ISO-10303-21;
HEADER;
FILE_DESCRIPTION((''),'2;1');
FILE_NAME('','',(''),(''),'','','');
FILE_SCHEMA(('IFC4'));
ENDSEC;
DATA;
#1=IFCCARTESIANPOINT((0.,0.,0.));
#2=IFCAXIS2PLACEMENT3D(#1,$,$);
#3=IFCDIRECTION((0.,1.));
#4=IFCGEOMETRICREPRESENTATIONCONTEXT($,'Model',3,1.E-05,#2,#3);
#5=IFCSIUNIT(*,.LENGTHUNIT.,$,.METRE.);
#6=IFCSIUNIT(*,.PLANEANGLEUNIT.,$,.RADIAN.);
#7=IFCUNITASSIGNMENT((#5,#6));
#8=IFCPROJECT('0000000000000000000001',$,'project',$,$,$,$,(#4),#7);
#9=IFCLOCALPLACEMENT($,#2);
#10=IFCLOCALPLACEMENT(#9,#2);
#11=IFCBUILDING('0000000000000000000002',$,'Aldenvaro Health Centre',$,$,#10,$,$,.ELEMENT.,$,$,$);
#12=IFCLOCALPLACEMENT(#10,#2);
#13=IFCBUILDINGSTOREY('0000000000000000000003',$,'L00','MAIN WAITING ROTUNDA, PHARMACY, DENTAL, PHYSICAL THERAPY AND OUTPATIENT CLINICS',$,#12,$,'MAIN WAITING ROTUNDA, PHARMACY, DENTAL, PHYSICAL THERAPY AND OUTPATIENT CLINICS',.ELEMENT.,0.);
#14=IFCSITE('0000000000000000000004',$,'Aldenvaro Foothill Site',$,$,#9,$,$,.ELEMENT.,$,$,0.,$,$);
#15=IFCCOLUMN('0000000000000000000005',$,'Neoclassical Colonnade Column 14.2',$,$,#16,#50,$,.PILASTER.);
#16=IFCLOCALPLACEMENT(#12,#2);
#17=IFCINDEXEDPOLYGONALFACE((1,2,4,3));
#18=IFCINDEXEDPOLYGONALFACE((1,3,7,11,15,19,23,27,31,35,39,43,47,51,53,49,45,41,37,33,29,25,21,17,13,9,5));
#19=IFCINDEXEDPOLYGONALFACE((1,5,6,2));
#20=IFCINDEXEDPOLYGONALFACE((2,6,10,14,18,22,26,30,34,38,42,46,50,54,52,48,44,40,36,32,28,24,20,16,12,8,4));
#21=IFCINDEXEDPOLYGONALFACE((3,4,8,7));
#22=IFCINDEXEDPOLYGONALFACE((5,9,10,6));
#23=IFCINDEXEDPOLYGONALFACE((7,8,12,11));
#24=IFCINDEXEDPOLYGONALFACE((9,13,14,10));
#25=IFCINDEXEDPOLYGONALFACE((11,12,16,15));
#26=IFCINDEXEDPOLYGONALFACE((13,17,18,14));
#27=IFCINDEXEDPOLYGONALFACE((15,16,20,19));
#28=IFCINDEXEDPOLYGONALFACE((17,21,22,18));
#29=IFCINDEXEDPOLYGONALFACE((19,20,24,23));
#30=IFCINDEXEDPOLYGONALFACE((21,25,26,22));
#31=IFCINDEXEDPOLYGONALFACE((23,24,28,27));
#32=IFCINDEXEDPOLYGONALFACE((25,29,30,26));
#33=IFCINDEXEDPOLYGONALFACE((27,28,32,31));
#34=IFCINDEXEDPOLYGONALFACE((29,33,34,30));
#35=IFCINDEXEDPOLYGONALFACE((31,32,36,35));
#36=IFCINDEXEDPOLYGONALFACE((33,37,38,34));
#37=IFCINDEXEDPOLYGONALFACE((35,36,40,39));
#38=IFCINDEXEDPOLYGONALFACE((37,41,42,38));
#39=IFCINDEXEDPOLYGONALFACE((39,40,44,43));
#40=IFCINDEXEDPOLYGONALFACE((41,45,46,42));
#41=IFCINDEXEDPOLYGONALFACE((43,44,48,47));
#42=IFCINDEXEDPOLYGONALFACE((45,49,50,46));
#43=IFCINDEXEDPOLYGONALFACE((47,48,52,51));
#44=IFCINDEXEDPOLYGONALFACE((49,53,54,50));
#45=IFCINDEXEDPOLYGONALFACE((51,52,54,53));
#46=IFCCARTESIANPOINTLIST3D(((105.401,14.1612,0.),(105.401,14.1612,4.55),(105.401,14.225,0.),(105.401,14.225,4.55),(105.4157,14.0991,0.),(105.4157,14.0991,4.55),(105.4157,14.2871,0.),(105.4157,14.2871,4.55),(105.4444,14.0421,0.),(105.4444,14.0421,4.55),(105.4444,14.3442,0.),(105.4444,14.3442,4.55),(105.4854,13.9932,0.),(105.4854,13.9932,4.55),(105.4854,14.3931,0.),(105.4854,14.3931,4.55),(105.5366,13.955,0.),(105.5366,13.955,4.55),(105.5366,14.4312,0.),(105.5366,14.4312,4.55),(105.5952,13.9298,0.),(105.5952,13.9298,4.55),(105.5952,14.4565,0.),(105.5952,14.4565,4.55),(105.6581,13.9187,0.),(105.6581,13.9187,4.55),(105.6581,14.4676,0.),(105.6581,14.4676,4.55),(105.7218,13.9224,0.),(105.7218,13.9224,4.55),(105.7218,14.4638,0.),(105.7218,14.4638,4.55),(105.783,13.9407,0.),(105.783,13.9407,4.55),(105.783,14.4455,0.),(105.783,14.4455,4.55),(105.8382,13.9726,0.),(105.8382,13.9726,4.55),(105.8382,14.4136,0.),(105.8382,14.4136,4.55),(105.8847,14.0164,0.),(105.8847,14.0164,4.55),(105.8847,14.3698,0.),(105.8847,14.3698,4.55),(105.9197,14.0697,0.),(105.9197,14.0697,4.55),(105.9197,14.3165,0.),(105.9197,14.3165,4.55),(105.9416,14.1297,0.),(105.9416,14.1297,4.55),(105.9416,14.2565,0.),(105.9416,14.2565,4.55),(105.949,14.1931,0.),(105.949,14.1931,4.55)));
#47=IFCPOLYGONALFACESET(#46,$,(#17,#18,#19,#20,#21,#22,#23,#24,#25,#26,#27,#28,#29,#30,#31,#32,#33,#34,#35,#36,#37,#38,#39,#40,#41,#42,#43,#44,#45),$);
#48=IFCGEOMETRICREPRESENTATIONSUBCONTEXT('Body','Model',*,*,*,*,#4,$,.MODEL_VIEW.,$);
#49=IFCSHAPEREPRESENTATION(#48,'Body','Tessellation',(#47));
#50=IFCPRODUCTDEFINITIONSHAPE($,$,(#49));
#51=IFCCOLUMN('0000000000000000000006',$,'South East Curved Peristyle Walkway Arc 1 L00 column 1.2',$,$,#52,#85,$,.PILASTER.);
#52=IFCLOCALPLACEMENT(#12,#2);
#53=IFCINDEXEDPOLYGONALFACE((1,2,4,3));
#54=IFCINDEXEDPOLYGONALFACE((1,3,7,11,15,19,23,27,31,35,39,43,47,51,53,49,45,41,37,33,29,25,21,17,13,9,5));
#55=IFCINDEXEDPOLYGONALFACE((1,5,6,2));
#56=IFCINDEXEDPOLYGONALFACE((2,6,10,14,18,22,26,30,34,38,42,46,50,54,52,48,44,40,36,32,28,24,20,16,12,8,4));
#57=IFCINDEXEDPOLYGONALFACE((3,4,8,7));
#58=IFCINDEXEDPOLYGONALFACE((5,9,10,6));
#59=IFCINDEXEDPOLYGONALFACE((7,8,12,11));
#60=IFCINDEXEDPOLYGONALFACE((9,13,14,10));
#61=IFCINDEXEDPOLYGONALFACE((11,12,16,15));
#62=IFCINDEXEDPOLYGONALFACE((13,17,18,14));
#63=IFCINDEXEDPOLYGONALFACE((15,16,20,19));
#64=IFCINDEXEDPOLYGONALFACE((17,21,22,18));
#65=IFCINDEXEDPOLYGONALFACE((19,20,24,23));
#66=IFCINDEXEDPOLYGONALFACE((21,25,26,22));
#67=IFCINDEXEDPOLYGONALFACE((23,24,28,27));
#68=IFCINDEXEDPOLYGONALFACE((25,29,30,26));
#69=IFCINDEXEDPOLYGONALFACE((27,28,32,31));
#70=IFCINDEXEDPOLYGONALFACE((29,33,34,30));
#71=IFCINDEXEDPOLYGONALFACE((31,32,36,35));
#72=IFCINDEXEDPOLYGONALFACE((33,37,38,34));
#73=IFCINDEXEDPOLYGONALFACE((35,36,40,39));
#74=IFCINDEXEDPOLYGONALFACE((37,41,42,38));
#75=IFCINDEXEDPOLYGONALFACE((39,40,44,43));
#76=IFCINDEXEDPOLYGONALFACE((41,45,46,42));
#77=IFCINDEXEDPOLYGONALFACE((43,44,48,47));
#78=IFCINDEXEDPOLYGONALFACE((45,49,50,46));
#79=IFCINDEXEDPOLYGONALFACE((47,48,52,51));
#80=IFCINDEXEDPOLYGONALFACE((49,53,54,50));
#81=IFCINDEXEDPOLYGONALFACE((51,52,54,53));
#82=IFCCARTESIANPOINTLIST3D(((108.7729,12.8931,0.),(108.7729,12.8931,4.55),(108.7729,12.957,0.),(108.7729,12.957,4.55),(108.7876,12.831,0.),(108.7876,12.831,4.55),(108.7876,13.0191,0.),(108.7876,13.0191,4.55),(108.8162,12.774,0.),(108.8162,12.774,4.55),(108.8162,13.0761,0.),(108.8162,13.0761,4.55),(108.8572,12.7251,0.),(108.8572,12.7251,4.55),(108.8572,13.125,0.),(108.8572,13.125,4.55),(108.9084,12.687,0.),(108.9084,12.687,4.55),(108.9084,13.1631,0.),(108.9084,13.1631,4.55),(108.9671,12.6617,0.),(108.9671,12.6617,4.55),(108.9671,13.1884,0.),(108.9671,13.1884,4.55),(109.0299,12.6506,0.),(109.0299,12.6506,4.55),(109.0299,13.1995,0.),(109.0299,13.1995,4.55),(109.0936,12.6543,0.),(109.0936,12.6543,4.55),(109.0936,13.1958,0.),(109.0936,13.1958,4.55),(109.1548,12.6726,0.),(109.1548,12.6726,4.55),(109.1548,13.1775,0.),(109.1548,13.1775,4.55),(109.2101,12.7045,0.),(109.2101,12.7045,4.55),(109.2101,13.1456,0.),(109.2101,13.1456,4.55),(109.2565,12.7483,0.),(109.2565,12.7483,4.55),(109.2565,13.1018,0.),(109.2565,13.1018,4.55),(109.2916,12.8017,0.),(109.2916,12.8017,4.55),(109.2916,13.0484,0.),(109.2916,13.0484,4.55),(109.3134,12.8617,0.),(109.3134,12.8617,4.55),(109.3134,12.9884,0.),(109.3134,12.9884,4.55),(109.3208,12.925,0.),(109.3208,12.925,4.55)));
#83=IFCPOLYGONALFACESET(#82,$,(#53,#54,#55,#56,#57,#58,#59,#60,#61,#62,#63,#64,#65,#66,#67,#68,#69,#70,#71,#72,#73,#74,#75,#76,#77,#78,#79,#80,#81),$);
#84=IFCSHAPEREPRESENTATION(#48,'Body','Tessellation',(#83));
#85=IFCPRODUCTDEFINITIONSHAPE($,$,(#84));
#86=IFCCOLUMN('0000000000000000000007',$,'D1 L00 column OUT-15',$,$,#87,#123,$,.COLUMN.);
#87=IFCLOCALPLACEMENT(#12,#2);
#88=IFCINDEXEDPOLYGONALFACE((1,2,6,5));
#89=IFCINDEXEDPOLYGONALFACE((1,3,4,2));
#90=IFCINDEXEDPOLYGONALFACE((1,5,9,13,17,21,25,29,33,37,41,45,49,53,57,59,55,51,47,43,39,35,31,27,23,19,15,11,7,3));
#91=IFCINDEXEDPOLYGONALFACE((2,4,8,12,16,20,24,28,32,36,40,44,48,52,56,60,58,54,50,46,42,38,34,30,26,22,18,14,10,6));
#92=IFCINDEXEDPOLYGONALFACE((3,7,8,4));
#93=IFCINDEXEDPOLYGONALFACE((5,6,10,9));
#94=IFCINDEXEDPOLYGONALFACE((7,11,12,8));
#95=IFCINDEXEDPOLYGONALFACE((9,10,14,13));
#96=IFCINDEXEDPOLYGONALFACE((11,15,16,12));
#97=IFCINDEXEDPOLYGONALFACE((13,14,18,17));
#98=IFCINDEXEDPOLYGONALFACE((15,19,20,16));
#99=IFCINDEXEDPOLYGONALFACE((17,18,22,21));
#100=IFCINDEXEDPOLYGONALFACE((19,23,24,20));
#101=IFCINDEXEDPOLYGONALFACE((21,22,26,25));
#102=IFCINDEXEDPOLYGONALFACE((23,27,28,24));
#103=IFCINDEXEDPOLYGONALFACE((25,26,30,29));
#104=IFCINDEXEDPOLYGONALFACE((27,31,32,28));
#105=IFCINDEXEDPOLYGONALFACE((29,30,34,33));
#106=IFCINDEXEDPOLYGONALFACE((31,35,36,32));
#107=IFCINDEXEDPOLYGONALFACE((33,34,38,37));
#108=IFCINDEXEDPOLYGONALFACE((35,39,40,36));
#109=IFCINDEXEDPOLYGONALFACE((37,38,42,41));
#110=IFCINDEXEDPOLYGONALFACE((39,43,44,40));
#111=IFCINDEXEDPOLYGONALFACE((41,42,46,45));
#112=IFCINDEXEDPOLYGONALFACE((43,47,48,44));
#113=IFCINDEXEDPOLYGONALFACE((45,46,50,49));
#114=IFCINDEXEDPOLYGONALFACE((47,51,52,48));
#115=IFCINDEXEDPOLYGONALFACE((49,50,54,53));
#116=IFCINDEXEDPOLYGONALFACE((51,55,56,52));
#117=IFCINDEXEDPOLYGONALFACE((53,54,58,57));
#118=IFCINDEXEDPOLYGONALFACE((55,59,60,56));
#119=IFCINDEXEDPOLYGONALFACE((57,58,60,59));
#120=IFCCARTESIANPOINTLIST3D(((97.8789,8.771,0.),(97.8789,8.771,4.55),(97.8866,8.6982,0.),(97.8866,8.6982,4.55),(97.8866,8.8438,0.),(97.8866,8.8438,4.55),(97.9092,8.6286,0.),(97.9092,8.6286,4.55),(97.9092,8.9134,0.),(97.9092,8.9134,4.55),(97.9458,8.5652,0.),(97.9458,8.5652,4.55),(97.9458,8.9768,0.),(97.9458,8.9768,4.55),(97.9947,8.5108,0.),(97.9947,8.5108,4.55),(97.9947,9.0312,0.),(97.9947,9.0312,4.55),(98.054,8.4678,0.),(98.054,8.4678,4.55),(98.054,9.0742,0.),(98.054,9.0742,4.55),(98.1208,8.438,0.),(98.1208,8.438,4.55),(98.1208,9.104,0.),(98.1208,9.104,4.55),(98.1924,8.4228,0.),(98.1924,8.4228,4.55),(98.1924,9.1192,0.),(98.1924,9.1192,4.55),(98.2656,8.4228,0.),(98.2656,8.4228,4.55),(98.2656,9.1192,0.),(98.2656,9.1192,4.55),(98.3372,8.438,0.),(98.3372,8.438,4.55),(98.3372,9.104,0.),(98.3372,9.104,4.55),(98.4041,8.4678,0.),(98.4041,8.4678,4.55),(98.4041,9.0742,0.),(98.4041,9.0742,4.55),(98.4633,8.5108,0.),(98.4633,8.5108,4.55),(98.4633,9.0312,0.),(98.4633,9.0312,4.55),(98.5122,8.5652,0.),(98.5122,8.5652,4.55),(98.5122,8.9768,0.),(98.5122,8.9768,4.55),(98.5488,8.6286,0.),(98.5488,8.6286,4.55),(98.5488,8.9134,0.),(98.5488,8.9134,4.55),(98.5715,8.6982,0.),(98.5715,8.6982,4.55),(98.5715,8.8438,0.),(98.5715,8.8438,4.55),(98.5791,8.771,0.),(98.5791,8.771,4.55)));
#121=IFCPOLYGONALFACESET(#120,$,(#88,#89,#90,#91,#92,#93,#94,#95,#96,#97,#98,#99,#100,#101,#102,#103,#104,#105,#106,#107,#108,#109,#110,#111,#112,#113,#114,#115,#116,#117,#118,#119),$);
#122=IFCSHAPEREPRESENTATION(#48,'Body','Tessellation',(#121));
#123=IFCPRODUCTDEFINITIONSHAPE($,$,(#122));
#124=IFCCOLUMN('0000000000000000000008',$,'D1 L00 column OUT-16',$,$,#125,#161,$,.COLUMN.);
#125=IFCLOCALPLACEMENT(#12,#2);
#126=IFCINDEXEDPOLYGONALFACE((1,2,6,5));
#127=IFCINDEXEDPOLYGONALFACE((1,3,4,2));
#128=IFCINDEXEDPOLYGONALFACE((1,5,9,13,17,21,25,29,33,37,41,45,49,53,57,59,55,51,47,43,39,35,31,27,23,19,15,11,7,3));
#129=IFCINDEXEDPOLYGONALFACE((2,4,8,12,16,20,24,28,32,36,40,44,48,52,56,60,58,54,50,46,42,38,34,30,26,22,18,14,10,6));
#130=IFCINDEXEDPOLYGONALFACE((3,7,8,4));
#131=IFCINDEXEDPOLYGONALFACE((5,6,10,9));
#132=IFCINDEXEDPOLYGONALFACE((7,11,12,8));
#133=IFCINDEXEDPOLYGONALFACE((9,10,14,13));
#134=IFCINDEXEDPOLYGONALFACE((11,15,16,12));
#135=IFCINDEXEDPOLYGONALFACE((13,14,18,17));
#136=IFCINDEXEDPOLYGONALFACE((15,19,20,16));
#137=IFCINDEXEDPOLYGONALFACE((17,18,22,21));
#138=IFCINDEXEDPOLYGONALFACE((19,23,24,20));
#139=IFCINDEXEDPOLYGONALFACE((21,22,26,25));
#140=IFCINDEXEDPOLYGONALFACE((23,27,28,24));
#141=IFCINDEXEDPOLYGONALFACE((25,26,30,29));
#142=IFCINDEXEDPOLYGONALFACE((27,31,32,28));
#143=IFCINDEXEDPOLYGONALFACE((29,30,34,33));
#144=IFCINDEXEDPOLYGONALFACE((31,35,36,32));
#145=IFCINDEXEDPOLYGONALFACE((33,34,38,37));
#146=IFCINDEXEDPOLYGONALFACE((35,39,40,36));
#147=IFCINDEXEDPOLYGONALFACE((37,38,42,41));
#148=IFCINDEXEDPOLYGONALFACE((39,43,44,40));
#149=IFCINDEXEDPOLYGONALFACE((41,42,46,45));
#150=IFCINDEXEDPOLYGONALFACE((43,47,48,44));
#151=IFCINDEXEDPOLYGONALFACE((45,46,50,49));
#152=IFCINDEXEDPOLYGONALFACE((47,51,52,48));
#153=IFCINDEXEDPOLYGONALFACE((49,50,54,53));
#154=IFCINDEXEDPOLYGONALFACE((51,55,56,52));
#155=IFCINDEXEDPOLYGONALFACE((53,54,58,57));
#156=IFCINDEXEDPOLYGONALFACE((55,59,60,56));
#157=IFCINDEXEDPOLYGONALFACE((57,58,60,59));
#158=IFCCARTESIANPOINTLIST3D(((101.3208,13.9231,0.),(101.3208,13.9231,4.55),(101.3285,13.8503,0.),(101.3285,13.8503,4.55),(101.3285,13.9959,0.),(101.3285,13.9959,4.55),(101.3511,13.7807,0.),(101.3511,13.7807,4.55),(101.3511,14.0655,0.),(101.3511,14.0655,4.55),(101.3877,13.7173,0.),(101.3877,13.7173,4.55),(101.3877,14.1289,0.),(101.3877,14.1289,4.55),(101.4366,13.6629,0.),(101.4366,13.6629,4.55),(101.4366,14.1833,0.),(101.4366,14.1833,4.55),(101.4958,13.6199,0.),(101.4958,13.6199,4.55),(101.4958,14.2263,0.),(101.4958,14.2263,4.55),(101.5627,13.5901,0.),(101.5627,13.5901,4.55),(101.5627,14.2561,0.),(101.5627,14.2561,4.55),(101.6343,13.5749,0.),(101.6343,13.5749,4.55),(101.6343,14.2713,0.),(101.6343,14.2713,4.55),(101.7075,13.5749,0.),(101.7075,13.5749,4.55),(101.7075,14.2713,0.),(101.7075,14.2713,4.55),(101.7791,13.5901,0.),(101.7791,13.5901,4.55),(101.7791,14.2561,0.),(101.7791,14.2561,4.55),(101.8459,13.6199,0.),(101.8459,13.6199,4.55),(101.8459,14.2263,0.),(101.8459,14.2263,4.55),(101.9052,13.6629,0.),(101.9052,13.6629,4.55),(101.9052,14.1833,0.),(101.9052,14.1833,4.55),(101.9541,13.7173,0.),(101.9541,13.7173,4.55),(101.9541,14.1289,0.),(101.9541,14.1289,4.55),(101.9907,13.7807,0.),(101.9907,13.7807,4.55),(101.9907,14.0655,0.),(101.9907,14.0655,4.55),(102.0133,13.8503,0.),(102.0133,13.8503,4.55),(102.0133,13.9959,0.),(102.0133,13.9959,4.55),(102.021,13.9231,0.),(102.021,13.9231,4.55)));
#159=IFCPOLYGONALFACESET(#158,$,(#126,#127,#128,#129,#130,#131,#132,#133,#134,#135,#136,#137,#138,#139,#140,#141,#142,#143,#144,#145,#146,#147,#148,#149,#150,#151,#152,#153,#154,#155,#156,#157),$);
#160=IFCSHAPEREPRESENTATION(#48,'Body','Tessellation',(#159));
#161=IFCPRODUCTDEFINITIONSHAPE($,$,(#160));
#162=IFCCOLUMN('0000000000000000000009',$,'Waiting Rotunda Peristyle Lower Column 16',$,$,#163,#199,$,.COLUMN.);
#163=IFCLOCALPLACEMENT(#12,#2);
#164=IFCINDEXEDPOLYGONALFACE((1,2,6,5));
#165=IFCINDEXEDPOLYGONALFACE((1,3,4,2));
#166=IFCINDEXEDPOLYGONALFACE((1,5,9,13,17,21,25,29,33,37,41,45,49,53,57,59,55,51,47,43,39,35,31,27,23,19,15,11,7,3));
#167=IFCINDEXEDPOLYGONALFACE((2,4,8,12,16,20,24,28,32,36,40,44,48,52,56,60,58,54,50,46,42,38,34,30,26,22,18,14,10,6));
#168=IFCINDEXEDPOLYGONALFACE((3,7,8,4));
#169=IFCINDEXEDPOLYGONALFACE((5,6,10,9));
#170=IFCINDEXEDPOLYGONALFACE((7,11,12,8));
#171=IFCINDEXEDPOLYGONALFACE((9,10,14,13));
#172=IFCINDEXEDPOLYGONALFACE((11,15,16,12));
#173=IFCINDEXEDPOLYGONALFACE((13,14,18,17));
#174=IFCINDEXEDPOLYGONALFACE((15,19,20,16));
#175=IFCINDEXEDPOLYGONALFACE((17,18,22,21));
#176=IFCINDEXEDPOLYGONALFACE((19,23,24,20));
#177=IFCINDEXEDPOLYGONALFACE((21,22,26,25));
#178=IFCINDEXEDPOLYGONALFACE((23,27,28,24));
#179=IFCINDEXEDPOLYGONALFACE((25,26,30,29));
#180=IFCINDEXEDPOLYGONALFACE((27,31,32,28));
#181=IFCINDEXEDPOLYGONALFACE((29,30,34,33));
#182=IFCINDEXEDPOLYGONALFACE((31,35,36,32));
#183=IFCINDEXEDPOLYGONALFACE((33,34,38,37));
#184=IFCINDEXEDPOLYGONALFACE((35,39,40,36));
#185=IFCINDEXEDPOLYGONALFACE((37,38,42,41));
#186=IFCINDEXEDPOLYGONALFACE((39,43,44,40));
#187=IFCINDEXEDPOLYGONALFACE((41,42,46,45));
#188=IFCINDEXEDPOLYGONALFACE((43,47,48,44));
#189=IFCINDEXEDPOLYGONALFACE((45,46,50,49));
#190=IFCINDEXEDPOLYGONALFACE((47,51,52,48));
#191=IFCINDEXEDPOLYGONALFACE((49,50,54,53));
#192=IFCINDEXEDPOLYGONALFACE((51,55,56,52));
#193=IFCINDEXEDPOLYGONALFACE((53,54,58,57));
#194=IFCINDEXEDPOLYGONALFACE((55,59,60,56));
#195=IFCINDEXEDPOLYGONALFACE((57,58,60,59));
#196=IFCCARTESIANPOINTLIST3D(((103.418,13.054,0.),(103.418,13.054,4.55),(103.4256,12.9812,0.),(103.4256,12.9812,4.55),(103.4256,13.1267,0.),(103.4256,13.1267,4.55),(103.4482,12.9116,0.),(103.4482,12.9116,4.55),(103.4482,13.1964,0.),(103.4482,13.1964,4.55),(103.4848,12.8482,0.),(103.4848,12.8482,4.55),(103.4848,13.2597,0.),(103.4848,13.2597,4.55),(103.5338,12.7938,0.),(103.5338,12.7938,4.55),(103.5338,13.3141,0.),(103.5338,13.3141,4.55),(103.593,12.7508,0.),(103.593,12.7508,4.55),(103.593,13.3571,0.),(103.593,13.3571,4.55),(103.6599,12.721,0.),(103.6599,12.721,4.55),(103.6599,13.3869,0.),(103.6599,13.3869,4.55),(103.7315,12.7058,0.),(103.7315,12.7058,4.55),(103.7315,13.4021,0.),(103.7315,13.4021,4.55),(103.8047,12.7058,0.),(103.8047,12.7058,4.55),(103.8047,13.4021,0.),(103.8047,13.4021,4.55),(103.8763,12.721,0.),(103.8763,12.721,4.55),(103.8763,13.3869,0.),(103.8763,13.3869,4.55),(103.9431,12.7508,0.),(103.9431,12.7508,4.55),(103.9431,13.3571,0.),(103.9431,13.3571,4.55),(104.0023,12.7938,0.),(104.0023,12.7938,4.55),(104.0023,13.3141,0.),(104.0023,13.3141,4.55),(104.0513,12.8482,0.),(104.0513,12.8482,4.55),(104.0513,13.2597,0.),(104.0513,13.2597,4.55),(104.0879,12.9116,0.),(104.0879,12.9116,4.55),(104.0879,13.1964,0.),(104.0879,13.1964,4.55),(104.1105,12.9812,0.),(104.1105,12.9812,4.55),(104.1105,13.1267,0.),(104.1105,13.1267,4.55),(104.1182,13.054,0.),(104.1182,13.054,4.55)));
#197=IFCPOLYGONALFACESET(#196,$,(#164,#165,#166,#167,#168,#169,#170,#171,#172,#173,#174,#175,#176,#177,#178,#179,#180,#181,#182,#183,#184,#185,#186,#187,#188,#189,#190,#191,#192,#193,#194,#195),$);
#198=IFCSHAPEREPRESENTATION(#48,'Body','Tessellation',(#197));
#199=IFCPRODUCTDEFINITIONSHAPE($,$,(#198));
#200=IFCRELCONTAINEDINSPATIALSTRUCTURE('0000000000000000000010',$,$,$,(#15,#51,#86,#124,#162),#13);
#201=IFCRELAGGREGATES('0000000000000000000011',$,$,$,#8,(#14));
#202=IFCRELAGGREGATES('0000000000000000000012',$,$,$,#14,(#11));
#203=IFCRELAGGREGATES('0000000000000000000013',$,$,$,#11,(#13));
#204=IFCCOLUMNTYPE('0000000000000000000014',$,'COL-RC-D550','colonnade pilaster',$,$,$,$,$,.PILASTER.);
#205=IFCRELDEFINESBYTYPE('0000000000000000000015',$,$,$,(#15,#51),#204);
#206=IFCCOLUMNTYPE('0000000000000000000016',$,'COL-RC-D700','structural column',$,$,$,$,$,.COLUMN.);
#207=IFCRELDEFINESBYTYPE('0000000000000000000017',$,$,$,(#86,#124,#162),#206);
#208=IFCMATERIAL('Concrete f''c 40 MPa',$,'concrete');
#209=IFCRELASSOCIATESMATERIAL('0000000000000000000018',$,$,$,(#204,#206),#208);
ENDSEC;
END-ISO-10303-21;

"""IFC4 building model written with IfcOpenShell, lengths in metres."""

from ifc_helpers import new_model, si_unit, direction, frame, origin, origin_2d, place, context, subcontext, project, spatial, circle, extrude, material, material_profile, profile_set, type_object, element, save


model = new_model("IFC4")

# Units and contexts
model_context = context("Model", 3, precision=1e-05, world=origin(), true_north=direction((0.0, 1.0)))
body_context = subcontext(model_context, "Body", "Model", "MODEL_VIEW")
ifc_project = project(units=[si_unit("LENGTHUNIT", "METRE"), si_unit("PLANEANGLEUNIT", "RADIAN")], contexts=[model_context])

# Site, building, storey
site_placement = place(None, origin())
site = spatial("IfcSite", under=ifc_project, at=site_placement, Name="Aldenvaro Foothill Site", CompositionType="ELEMENT", RefElevation=0.0)
building_placement = place(site_placement, origin())
building = spatial("IfcBuilding", under=site, at=building_placement, Name="Aldenvaro Health Centre", CompositionType="ELEMENT")
storey_placement = place(building_placement, origin())
storey = spatial("IfcBuildingStorey", under=building, at=storey_placement, Name="L00", Description="MAIN WAITING ROTUNDA, PHARMACY, DENTAL, PHYSICAL THERAPY AND OUTPATIENT CLINICS", LongName="MAIN WAITING ROTUNDA, PHARMACY, DENTAL, PHYSICAL THERAPY AND OUTPATIENT CLINICS", CompositionType="ELEMENT", Elevation=0.0)

# Columns
ifc_material_1 = material(Name="Concrete f'c 40 MPa", Category="concrete")
ifc_material_profile_1 = material_profile(ifc_material_1, circle(Radius=0.2749, at=origin_2d()), Name="RC D550", Category="concrete")
ifc_profile_set_1 = profile_set([ifc_material_profile_1], Name="Concrete f'c 40 MPa")
column_type_1 = type_object("IfcColumnType", Name="COL-RC-D550", Description="colonnade pilaster", PredefinedType="PILASTER", material=ifc_profile_set_1)
for number, where, z_axis, x_axis, name in (
    (1, (105.6741, 14.1931, 0.0), (0.0, 0.0, 1.0), (1.0, 0.0, 0.0), "Neoclassical Colonnade Column 14.2"),
    (2, (109.0459, 12.925, 0.0), (0.0, 0.0, 1.0), (1.0, 0.0, 0.0), "South East Curved Peristyle Walkway Arc 1 L00 column 1.2"),
):
    element("IfcColumn", number, at=place(storey_placement, frame(where, z_axis=z_axis, x_axis=x_axis)), inside=storey, type_object=column_type_1, Name=name, PredefinedType="PILASTER", context=body_context, shape_type="SweptSolid", body=[
        extrude(circle(Radius=0.2749, at=origin_2d()), origin(), (0.0, 0.0, 1.0), 4.55),
    ])
ifc_material_profile_2 = material_profile(ifc_material_1, circle(Radius=0.3501, at=origin_2d()), Name="RC D700", Category="concrete")
ifc_profile_set_2 = profile_set([ifc_material_profile_2], Name="Concrete f'c 40 MPa")
column_type_2 = type_object("IfcColumnType", Name="COL-RC-D700", Description="structural column", PredefinedType="COLUMN", material=ifc_profile_set_2)
for number, where, z_axis, x_axis, name in (
    (3, (98.229, 8.771, 0.0), (0.0, 0.0, 1.0), (1.0, 0.0, 0.0), "D1 L00 column OUT-15"),
    (4, (101.6709, 13.9231, 0.0), (0.0, 0.0, 1.0), (1.0, 0.0, 0.0), "D1 L00 column OUT-16"),
    (5, (103.7681, 13.054, 0.0), (0.0, 0.0, 1.0), (1.0, 0.0, 0.0), "Waiting Rotunda Peristyle Lower Column 16"),
):
    element("IfcColumn", number, at=place(storey_placement, frame(where, z_axis=z_axis, x_axis=x_axis)), inside=storey, type_object=column_type_2, Name=name, PredefinedType="COLUMN", context=body_context, shape_type="SweptSolid", body=[
        extrude(circle(Radius=0.3501, at=origin_2d()), origin(), (0.0, 0.0, 1.0), 4.55),
    ])

save(model, "model.ifc")
